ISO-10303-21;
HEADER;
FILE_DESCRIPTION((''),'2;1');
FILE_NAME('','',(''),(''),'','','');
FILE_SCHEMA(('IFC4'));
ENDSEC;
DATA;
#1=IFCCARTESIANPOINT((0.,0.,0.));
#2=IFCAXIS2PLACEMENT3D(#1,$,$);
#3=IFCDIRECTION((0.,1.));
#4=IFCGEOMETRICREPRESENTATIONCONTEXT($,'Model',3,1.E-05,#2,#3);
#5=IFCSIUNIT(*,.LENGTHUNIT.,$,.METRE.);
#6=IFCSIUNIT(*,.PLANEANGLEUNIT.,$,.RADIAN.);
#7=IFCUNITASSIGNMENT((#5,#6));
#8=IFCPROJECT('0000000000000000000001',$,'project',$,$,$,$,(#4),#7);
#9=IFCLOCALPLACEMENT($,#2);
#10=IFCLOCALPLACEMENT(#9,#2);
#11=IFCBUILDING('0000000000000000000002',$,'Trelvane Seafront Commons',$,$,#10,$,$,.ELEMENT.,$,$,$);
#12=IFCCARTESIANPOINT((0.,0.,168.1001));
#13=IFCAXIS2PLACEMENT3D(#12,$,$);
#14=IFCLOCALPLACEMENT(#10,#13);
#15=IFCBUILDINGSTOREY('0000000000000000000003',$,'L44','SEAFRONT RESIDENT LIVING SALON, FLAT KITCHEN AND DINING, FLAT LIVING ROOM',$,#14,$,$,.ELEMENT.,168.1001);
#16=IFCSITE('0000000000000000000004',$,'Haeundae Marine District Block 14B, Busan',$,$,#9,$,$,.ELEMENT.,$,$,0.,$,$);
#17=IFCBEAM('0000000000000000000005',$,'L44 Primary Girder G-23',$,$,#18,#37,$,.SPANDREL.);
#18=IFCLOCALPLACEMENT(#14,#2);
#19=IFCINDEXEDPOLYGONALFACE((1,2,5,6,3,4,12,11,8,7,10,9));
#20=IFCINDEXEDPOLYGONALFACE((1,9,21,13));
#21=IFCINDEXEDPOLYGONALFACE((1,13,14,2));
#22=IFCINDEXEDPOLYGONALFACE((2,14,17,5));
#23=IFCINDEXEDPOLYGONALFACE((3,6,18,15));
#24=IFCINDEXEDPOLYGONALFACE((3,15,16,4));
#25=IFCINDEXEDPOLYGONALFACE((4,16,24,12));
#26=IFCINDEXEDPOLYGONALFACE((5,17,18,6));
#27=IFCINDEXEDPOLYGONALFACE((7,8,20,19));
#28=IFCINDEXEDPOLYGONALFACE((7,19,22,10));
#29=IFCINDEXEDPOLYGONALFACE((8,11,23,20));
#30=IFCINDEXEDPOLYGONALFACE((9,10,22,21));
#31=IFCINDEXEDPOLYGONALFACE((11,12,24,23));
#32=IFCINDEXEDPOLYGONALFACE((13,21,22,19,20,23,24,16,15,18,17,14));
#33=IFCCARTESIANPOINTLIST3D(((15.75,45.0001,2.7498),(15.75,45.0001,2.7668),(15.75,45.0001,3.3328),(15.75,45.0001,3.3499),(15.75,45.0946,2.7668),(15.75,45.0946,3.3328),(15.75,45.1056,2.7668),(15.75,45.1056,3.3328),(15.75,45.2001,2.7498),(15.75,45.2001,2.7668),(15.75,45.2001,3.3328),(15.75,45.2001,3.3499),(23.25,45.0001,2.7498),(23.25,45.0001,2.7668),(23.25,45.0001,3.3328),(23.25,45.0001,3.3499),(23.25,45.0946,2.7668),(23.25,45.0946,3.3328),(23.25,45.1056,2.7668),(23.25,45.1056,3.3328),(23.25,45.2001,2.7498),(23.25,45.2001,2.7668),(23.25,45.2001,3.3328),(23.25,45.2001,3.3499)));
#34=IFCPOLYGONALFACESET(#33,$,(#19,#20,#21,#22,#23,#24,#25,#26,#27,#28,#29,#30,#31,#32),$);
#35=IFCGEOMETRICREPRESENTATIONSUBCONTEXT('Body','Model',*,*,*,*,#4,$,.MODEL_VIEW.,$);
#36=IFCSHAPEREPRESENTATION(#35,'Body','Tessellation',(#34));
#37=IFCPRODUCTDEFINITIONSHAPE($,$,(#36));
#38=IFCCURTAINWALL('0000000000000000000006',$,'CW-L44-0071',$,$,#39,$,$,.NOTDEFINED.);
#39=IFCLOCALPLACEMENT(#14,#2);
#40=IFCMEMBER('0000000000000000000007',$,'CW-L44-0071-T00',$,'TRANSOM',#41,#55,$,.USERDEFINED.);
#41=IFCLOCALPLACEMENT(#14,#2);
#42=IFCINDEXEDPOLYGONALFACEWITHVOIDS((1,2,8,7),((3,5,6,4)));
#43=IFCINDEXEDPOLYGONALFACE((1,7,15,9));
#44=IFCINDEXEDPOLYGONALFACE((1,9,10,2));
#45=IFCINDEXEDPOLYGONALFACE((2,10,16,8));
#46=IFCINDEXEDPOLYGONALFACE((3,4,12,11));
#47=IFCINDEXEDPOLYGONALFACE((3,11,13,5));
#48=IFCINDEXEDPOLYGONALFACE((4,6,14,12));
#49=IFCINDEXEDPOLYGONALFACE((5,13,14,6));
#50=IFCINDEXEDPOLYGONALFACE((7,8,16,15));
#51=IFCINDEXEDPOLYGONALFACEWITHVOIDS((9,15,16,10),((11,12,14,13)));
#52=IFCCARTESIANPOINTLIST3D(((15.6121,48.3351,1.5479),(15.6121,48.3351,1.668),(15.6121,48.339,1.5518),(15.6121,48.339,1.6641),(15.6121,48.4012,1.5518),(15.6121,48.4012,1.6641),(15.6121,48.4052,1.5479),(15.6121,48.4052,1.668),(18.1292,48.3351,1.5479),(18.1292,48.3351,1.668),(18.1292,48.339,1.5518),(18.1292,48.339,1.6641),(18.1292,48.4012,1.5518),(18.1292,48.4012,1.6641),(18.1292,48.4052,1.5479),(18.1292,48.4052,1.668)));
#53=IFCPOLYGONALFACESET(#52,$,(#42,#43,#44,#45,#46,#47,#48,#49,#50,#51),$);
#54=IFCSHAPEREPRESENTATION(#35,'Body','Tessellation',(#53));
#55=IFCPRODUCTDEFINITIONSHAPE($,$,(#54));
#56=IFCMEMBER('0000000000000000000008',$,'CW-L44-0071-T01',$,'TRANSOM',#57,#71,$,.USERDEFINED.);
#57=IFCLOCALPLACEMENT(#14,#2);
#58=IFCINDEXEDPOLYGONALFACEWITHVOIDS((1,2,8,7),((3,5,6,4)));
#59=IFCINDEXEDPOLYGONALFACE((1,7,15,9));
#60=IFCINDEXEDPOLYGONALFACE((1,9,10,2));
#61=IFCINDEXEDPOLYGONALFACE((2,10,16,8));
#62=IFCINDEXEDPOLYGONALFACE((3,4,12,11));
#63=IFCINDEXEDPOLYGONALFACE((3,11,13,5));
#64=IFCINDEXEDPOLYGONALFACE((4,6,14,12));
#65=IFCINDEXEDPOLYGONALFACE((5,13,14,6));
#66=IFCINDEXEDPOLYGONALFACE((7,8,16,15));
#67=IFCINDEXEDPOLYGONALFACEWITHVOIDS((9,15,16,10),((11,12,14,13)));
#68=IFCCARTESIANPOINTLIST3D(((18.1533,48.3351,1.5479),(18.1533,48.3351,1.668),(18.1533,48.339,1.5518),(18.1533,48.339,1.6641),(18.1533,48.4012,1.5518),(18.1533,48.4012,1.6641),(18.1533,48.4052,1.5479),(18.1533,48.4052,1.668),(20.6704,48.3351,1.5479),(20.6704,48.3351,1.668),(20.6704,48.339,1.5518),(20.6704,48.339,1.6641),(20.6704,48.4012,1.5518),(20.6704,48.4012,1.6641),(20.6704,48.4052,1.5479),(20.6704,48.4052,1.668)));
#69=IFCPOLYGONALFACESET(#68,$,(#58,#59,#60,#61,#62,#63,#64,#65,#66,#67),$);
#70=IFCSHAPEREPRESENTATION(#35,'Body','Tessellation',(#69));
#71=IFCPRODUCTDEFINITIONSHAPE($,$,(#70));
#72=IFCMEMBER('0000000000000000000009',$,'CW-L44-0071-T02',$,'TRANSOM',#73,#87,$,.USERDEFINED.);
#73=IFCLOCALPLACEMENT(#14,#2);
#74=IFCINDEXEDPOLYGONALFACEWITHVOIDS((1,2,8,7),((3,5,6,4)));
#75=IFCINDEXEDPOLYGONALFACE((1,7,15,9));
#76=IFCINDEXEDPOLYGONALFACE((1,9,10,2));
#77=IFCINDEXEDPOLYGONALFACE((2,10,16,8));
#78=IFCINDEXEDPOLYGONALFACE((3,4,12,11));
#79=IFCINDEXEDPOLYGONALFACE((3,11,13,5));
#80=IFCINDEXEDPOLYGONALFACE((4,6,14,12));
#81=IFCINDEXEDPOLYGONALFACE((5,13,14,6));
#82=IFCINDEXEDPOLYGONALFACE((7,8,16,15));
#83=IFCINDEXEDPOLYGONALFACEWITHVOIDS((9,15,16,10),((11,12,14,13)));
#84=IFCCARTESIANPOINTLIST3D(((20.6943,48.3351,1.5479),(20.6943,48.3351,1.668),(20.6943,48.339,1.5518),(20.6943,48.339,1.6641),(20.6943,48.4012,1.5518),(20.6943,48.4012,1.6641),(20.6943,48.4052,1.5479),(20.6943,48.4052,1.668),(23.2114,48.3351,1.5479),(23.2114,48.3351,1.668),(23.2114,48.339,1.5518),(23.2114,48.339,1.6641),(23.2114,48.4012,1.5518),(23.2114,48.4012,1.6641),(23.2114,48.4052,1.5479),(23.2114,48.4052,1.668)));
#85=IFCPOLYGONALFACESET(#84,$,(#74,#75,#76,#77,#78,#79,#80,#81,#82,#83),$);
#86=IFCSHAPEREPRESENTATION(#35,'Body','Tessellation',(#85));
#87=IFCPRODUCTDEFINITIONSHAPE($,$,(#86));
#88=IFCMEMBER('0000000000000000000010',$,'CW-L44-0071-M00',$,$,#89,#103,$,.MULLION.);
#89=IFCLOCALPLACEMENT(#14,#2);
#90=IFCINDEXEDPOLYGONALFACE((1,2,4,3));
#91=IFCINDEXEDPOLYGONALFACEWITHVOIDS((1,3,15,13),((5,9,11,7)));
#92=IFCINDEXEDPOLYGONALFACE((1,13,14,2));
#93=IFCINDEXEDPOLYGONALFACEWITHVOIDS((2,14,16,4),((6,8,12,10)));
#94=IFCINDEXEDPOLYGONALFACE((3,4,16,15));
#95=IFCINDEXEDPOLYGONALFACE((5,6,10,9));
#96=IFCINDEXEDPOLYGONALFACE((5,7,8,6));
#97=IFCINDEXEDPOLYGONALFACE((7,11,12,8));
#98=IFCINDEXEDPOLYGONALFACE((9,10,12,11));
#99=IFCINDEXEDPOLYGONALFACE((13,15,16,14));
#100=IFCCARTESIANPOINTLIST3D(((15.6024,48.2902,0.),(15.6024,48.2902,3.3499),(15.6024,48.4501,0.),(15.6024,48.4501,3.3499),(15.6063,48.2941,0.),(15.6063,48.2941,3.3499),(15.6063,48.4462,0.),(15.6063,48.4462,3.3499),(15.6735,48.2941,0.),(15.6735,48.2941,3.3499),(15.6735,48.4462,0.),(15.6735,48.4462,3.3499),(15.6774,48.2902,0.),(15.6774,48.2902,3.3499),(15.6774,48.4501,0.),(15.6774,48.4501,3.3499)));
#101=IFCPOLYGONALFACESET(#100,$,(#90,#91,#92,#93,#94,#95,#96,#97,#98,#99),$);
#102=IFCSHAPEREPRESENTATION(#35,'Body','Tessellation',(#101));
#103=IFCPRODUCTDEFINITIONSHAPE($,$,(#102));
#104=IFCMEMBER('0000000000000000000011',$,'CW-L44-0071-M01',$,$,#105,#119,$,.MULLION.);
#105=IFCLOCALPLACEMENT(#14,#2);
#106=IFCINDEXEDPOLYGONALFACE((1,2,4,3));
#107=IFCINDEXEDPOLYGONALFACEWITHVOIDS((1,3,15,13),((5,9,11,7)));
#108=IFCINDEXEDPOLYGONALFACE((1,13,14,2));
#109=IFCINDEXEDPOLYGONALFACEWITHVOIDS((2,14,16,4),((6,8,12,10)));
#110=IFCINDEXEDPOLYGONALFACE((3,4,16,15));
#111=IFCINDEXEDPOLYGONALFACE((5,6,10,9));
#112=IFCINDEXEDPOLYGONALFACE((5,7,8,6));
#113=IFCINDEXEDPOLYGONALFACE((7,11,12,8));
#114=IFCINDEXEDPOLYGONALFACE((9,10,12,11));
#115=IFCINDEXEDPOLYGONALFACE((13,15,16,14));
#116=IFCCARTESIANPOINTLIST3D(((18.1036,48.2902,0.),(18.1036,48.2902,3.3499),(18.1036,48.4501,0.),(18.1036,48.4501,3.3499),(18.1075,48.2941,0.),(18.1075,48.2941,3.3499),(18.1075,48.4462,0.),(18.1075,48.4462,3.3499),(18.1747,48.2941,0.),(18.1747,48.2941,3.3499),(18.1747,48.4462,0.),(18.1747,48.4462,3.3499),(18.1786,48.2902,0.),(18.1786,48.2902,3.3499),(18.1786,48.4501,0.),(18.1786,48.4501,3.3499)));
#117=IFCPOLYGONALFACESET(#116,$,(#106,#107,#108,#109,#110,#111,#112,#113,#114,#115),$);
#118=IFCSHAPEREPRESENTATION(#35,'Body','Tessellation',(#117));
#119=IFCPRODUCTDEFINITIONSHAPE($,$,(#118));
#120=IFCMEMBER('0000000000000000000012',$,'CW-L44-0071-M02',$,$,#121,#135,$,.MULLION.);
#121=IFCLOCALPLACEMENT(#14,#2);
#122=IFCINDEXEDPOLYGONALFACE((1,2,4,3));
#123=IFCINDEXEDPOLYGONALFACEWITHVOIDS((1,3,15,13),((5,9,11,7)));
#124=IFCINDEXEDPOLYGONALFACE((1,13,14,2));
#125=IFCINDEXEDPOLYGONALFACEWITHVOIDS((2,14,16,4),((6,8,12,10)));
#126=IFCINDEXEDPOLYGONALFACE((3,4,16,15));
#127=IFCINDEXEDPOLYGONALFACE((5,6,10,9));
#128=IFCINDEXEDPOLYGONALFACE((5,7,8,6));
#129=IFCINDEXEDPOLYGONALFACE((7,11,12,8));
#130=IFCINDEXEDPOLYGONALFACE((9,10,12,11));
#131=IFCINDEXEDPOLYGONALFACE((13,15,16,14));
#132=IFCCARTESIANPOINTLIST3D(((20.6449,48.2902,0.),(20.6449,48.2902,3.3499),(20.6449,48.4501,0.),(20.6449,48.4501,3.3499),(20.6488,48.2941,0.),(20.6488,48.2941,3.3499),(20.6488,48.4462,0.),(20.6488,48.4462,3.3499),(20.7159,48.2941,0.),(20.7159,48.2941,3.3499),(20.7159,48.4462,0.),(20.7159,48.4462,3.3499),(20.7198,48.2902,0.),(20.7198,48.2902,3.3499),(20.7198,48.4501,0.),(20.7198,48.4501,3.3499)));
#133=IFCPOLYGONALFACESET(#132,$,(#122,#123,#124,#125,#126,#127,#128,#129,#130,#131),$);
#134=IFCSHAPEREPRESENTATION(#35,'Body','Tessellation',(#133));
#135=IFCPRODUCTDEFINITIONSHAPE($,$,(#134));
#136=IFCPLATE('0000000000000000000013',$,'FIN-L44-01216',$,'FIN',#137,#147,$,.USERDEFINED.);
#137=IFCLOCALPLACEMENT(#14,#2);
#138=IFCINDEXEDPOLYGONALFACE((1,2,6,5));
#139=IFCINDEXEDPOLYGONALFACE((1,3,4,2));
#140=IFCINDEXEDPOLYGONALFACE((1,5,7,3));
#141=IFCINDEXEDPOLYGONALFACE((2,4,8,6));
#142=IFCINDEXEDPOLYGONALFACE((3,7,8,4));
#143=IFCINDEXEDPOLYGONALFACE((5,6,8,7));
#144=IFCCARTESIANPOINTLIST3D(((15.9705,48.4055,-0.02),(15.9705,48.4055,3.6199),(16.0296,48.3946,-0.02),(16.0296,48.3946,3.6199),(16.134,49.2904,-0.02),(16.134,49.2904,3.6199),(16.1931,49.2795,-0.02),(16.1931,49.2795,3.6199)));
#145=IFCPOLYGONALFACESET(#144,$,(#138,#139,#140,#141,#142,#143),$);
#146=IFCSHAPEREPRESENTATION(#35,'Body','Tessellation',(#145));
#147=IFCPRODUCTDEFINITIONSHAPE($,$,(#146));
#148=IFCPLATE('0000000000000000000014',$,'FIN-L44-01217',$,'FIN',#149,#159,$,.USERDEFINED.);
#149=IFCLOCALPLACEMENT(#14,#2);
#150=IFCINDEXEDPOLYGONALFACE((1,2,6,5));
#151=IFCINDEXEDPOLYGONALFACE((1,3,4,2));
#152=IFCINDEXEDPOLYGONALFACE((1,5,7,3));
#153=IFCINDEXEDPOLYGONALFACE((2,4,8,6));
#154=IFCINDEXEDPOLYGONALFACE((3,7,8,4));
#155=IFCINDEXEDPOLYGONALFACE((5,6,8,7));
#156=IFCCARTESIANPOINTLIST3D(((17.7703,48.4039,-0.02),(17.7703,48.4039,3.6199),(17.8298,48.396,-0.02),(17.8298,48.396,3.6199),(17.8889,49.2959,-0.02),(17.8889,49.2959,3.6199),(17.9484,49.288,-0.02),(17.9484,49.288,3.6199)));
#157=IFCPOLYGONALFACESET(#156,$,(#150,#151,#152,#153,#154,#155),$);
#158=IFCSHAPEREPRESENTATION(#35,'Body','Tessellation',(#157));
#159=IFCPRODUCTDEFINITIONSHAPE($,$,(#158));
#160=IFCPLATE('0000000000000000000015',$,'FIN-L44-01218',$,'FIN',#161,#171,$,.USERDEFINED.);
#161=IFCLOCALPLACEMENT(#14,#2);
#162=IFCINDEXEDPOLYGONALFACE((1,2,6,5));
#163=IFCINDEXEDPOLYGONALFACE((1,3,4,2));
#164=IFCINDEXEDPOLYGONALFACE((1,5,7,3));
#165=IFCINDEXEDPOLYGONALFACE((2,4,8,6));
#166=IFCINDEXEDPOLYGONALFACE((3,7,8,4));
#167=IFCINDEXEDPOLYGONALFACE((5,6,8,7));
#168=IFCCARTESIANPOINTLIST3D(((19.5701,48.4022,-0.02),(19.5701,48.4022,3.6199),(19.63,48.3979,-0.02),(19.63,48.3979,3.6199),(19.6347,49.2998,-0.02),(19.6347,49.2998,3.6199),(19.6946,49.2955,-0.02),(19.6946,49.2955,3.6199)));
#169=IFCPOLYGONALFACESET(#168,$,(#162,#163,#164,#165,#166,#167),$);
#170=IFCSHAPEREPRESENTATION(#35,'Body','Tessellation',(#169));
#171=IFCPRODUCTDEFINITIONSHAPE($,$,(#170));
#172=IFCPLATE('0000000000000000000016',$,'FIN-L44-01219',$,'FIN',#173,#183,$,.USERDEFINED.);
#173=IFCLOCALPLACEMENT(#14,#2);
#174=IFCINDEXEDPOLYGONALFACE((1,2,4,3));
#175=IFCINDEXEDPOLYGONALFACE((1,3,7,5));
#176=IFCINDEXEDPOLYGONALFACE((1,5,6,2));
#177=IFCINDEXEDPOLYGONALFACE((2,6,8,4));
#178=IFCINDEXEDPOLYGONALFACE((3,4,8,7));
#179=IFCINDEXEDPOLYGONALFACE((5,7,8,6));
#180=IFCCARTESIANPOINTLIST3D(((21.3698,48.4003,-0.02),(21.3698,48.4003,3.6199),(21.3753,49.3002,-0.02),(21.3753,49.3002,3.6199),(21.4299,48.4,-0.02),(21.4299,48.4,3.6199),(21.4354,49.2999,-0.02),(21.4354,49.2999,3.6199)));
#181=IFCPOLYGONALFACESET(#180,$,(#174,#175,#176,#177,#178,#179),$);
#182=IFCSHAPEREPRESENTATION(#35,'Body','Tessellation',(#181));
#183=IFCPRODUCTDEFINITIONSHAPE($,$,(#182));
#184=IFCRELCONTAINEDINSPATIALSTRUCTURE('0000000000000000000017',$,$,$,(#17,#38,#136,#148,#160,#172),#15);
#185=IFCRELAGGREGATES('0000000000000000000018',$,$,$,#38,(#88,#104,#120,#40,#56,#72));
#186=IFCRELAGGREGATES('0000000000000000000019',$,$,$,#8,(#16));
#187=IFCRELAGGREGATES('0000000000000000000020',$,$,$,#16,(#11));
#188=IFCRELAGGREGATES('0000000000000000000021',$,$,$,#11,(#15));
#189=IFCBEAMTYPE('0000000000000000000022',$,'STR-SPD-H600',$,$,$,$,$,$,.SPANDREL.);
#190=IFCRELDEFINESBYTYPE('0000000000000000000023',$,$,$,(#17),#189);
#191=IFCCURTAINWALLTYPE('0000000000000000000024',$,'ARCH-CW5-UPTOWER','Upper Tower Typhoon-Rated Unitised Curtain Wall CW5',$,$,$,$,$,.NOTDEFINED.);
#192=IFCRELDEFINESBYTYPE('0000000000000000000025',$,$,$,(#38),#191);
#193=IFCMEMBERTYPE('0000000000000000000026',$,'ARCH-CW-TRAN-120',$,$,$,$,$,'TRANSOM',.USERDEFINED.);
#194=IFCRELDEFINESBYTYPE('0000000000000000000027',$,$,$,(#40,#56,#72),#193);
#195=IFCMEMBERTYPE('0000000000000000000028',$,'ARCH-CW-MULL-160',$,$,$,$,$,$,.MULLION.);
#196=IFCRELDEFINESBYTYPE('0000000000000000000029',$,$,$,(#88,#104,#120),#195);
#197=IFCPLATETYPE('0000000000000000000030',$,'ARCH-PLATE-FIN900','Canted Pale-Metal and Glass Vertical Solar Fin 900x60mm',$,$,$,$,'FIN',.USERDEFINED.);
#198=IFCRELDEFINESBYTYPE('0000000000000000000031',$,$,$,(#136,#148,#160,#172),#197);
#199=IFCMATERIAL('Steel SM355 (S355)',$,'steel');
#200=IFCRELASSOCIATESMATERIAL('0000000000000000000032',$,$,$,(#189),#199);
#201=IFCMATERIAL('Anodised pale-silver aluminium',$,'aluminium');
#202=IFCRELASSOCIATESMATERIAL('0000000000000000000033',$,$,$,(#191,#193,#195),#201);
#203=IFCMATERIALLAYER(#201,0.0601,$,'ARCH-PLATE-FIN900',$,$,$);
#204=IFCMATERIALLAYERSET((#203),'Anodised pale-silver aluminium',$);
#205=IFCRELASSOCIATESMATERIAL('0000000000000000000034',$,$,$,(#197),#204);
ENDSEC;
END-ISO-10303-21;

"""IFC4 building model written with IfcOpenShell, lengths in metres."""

from ifc_helpers import new_model, si_unit, direction, frame, origin, origin_2d, place, context, subcontext, project, spatial, rectangle, hollow_rectangle, i_section, extrude, source, transform, mapped, material, layer, layer_set, material_profile, profile_set, type_object, element, aggregate, save


model = new_model("IFC4")

# Units and contexts
model_context = context("Model", 3, precision=1e-05, world=origin(), true_north=direction((0.0, 1.0)))
body_context = subcontext(model_context, "Body", "Model", "MODEL_VIEW")
ifc_project = project(units=[si_unit("LENGTHUNIT", "METRE"), si_unit("PLANEANGLEUNIT", "RADIAN")], contexts=[model_context])

# Site, building, storey
site_placement = place(None, origin())
site = spatial("IfcSite", under=ifc_project, at=site_placement, Name="Haeundae Marine District Block 14B, Busan", CompositionType="ELEMENT", RefElevation=0.0)
building_placement = place(site_placement, origin())
building = spatial("IfcBuilding", under=site, at=building_placement, Name="Trelvane Seafront Commons", CompositionType="ELEMENT")
storey_placement = place(building_placement, frame((0.0, 0.0, 168.1001)))
storey = spatial("IfcBuildingStorey", under=building, at=storey_placement, Name="L44", Description="SEAFRONT RESIDENT LIVING SALON, FLAT KITCHEN AND DINING, FLAT LIVING ROOM", CompositionType="ELEMENT", Elevation=168.1001)

# Beam
ifc_material_1 = material(Name="Steel SM355 (S355)", Category="steel")
ifc_material_profile_1 = material_profile(ifc_material_1, i_section(OverallWidth=0.2, OverallDepth=0.6001, WebThickness=0.011, FlangeThickness=0.0171, at=origin_2d()), Name="H-600x200x11x17")
ifc_profile_set_1 = profile_set([ifc_material_profile_1], Name="Steel SM355 (S355)")
beam_type = type_object("IfcBeamType", Name="STR-SPD-H600", PredefinedType="SPANDREL", material=ifc_profile_set_1)
shared_shape_1 = source(origin(), body_context, "Body", "SweptSolid", [
    extrude(i_section(OverallWidth=0.2, OverallDepth=0.6001, WebThickness=0.011, FlangeThickness=0.0171, at=origin_2d()), origin(), (0.0, 0.0, 1.0), 7.5),
])
beam_placement = place(storey_placement, frame((15.75, 45.1001, 3.0498), z_axis=(1.0, 0.0, 0.0), x_axis=(0.0, 1.0, 0.0)))
element("IfcBeam", 1, at=beam_placement, inside=storey, type_object=beam_type, Name="L44 Primary Girder G-23", PredefinedType="SPANDREL", context=body_context, shape_type="MappedRepresentation", body=[
    mapped(shared_shape_1, transform((0.0, 0.0, 0.0), x_axis=(1.0, 0.0, 0.0), y_axis=(0.0, 1.0, 0.0), z_axis=(0.0, 0.0, 1.0), scale=1.0)),
])

# Curtain wall, members
ifc_material_2 = material(Name="Anodised pale-silver aluminium", Category="aluminium")
curtain_wall_type = type_object("IfcCurtainWallType", Name="ARCH-CW5-UPTOWER", Description="Upper Tower Typhoon-Rated Unitised Curtain Wall CW5", PredefinedType="NOTDEFINED", material=ifc_material_2)
curtain_wall_placement = place(storey_placement, origin())
curtain_wall = element("IfcCurtainWall", 2, at=curtain_wall_placement, inside=storey, type_object=curtain_wall_type, Name="CW-L44-0071", PredefinedType="NOTDEFINED")
ifc_material_profile_2 = material_profile(ifc_material_2, hollow_rectangle(XDim=0.0701, YDim=0.1201, WallThickness=0.0039, at=origin_2d()), Name="TRAN-70x120x4")
ifc_profile_set_2 = profile_set([ifc_material_profile_2], Name="Anodised pale-silver aluminium")
member_type_1 = type_object("IfcMemberType", Name="ARCH-CW-TRAN-120", ElementType="TRANSOM", PredefinedType="USERDEFINED", material=ifc_profile_set_2)
shared_shape_2 = source(origin(), body_context, "Body", "SweptSolid", [
    extrude(hollow_rectangle(XDim=0.0701, YDim=0.1201, WallThickness=0.0039, at=origin_2d()), origin(), (0.0, 0.0, 1.0), 2.5171),
])
member_1_placement = place(storey_placement, frame((15.6121, 48.3701, 1.6079), z_axis=(1.0, 0.0, 0.0), x_axis=(0.0, 1.0, 0.0)))
member_1 = element("IfcMember", 3, at=member_1_placement, type_object=member_type_1, Name="CW-L44-0071-T00", ObjectType="TRANSOM", PredefinedType="USERDEFINED", context=body_context, shape_type="MappedRepresentation", body=[
    mapped(shared_shape_2, transform((0.0, 0.0, 0.0), x_axis=(1.0, 0.0, 0.0), y_axis=(0.0, 1.0, 0.0), z_axis=(0.0, 0.0, 1.0), scale=1.0)),
])
member_2_placement = place(storey_placement, frame((18.1533, 48.3701, 1.6079), z_axis=(1.0, 0.0, 0.0), x_axis=(0.0, 1.0, 0.0)))
member_2 = element("IfcMember", 4, at=member_2_placement, type_object=member_type_1, Name="CW-L44-0071-T01", ObjectType="TRANSOM", PredefinedType="USERDEFINED", context=body_context, shape_type="MappedRepresentation", body=[
    mapped(shared_shape_2, transform((0.0, 0.0, 0.0), x_axis=(1.0, 0.0, 0.0), y_axis=(0.0, 1.0, 0.0), z_axis=(0.0, 0.0, 1.0), scale=1.0)),
])
member_3_placement = place(storey_placement, frame((20.6943, 48.3701, 1.6079), z_axis=(1.0, 0.0, 0.0), x_axis=(0.0, 1.0, 0.0)))
member_3 = element("IfcMember", 5, at=member_3_placement, type_object=member_type_1, Name="CW-L44-0071-T02", ObjectType="TRANSOM", PredefinedType="USERDEFINED", context=body_context, shape_type="MappedRepresentation", body=[
    mapped(shared_shape_2, transform((0.0, 0.0, 0.0), x_axis=(1.0, 0.0, 0.0), y_axis=(0.0, 1.0, 0.0), z_axis=(0.0, 0.0, 1.0), scale=1.0)),
])
ifc_material_profile_3 = material_profile(ifc_material_2, hollow_rectangle(XDim=0.075, YDim=0.1599, WallThickness=0.0039, at=origin_2d()), Name="MULL-75x160x4")
ifc_profile_set_3 = profile_set([ifc_material_profile_3], Name="Anodised pale-silver aluminium")
member_type_2 = type_object("IfcMemberType", Name="ARCH-CW-MULL-160", PredefinedType="MULLION", material=ifc_profile_set_3)
shared_shape_3 = source(origin(), body_context, "Body", "SweptSolid", [
    extrude(hollow_rectangle(XDim=0.075, YDim=0.1599, WallThickness=0.0039, at=origin_2d()), origin(), (0.0, 0.0, 1.0), 3.3499),
])
member_4_placement = place(storey_placement, frame((15.6399, 48.3701, 0.0), z_axis=(0.0, 0.0, 1.0), x_axis=(1.0, 0.0, 0.0)))
member_4 = element("IfcMember", 6, at=member_4_placement, type_object=member_type_2, Name="CW-L44-0071-M00", PredefinedType="MULLION", context=body_context, shape_type="MappedRepresentation", body=[
    mapped(shared_shape_3, transform((0.0, 0.0, 0.0), x_axis=(1.0, 0.0, 0.0), y_axis=(0.0, 1.0, 0.0), z_axis=(0.0, 0.0, 1.0), scale=1.0)),
])
member_5_placement = place(storey_placement, frame((18.1411, 48.3701, 0.0), z_axis=(0.0, 0.0, 1.0), x_axis=(1.0, 0.0, 0.0)))
member_5 = element("IfcMember", 7, at=member_5_placement, type_object=member_type_2, Name="CW-L44-0071-M01", PredefinedType="MULLION", context=body_context, shape_type="MappedRepresentation", body=[
    mapped(shared_shape_3, transform((0.0, 0.0, 0.0), x_axis=(1.0, 0.0, 0.0), y_axis=(0.0, 1.0, 0.0), z_axis=(0.0, 0.0, 1.0), scale=1.0)),
])
member_6_placement = place(storey_placement, frame((20.6824, 48.3701, 0.0), z_axis=(0.0, 0.0, 1.0), x_axis=(1.0, 0.0, 0.0)))
member_6 = element("IfcMember", 8, at=member_6_placement, type_object=member_type_2, Name="CW-L44-0071-M02", PredefinedType="MULLION", context=body_context, shape_type="MappedRepresentation", body=[
    mapped(shared_shape_3, transform((0.0, 0.0, 0.0), x_axis=(1.0, 0.0, 0.0), y_axis=(0.0, 1.0, 0.0), z_axis=(0.0, 0.0, 1.0), scale=1.0)),
])

# Plates
ifc_layer_1 = layer(ifc_material_2, 0.0601, Name="ARCH-PLATE-FIN900")
ifc_layer_set_1 = layer_set([ifc_layer_1], Name="Anodised pale-silver aluminium")
plate_type_1 = type_object("IfcPlateType", Name="ARCH-PLATE-FIN900", Description="Canted Pale-Metal and Glass Vertical Solar Fin 900x60mm", ElementType="FIN", PredefinedType="USERDEFINED", material=ifc_layer_set_1)
shared_shape_4 = source(origin(), body_context, "Body", "SweptSolid", [
    extrude(rectangle(XDim=0.8999, YDim=0.0601, at=origin_2d()), origin(), (0.0, 0.0, 1.0), 3.6399),
])
for number, where, z_axis, x_axis, name in (
    (9, (16.0818, 48.8425, -0.02), (0.0, 0.0, 1.0), (0.181671, 0.983359, 0.0), "FIN-L44-01216"),
    (10, (17.8594, 48.8459, -0.02), (0.0, 0.0, 1.0), (0.131786, 0.991278, 0.0), "FIN-L44-01217"),
    (11, (19.6323, 48.8489, -0.02), (0.0, 0.0, 1.0), (0.071776, 0.997421, 0.0), "FIN-L44-01218"),
    (12, (21.4026, 48.8501, -0.02), (0.0, 0.0, 1.0), (0.00611, 0.999981, 0.0), "FIN-L44-01219"),
):
    element("IfcPlate", number, at=place(storey_placement, frame(where, z_axis=z_axis, x_axis=x_axis)), inside=storey, type_object=plate_type_1, Name=name, ObjectType="FIN", PredefinedType="USERDEFINED", context=body_context, shape_type="MappedRepresentation", body=[
        mapped(shared_shape_4, transform((0.0, 0.0, 0.0), x_axis=(1.0, 0.0, 0.0), y_axis=(0.0, 1.0, 0.0), z_axis=(0.0, 0.0, 1.0), scale=1.0)),
    ])

aggregate(curtain_wall, [member_4, member_5, member_6, member_1, member_2, member_3])

save(model, "model.ifc")
